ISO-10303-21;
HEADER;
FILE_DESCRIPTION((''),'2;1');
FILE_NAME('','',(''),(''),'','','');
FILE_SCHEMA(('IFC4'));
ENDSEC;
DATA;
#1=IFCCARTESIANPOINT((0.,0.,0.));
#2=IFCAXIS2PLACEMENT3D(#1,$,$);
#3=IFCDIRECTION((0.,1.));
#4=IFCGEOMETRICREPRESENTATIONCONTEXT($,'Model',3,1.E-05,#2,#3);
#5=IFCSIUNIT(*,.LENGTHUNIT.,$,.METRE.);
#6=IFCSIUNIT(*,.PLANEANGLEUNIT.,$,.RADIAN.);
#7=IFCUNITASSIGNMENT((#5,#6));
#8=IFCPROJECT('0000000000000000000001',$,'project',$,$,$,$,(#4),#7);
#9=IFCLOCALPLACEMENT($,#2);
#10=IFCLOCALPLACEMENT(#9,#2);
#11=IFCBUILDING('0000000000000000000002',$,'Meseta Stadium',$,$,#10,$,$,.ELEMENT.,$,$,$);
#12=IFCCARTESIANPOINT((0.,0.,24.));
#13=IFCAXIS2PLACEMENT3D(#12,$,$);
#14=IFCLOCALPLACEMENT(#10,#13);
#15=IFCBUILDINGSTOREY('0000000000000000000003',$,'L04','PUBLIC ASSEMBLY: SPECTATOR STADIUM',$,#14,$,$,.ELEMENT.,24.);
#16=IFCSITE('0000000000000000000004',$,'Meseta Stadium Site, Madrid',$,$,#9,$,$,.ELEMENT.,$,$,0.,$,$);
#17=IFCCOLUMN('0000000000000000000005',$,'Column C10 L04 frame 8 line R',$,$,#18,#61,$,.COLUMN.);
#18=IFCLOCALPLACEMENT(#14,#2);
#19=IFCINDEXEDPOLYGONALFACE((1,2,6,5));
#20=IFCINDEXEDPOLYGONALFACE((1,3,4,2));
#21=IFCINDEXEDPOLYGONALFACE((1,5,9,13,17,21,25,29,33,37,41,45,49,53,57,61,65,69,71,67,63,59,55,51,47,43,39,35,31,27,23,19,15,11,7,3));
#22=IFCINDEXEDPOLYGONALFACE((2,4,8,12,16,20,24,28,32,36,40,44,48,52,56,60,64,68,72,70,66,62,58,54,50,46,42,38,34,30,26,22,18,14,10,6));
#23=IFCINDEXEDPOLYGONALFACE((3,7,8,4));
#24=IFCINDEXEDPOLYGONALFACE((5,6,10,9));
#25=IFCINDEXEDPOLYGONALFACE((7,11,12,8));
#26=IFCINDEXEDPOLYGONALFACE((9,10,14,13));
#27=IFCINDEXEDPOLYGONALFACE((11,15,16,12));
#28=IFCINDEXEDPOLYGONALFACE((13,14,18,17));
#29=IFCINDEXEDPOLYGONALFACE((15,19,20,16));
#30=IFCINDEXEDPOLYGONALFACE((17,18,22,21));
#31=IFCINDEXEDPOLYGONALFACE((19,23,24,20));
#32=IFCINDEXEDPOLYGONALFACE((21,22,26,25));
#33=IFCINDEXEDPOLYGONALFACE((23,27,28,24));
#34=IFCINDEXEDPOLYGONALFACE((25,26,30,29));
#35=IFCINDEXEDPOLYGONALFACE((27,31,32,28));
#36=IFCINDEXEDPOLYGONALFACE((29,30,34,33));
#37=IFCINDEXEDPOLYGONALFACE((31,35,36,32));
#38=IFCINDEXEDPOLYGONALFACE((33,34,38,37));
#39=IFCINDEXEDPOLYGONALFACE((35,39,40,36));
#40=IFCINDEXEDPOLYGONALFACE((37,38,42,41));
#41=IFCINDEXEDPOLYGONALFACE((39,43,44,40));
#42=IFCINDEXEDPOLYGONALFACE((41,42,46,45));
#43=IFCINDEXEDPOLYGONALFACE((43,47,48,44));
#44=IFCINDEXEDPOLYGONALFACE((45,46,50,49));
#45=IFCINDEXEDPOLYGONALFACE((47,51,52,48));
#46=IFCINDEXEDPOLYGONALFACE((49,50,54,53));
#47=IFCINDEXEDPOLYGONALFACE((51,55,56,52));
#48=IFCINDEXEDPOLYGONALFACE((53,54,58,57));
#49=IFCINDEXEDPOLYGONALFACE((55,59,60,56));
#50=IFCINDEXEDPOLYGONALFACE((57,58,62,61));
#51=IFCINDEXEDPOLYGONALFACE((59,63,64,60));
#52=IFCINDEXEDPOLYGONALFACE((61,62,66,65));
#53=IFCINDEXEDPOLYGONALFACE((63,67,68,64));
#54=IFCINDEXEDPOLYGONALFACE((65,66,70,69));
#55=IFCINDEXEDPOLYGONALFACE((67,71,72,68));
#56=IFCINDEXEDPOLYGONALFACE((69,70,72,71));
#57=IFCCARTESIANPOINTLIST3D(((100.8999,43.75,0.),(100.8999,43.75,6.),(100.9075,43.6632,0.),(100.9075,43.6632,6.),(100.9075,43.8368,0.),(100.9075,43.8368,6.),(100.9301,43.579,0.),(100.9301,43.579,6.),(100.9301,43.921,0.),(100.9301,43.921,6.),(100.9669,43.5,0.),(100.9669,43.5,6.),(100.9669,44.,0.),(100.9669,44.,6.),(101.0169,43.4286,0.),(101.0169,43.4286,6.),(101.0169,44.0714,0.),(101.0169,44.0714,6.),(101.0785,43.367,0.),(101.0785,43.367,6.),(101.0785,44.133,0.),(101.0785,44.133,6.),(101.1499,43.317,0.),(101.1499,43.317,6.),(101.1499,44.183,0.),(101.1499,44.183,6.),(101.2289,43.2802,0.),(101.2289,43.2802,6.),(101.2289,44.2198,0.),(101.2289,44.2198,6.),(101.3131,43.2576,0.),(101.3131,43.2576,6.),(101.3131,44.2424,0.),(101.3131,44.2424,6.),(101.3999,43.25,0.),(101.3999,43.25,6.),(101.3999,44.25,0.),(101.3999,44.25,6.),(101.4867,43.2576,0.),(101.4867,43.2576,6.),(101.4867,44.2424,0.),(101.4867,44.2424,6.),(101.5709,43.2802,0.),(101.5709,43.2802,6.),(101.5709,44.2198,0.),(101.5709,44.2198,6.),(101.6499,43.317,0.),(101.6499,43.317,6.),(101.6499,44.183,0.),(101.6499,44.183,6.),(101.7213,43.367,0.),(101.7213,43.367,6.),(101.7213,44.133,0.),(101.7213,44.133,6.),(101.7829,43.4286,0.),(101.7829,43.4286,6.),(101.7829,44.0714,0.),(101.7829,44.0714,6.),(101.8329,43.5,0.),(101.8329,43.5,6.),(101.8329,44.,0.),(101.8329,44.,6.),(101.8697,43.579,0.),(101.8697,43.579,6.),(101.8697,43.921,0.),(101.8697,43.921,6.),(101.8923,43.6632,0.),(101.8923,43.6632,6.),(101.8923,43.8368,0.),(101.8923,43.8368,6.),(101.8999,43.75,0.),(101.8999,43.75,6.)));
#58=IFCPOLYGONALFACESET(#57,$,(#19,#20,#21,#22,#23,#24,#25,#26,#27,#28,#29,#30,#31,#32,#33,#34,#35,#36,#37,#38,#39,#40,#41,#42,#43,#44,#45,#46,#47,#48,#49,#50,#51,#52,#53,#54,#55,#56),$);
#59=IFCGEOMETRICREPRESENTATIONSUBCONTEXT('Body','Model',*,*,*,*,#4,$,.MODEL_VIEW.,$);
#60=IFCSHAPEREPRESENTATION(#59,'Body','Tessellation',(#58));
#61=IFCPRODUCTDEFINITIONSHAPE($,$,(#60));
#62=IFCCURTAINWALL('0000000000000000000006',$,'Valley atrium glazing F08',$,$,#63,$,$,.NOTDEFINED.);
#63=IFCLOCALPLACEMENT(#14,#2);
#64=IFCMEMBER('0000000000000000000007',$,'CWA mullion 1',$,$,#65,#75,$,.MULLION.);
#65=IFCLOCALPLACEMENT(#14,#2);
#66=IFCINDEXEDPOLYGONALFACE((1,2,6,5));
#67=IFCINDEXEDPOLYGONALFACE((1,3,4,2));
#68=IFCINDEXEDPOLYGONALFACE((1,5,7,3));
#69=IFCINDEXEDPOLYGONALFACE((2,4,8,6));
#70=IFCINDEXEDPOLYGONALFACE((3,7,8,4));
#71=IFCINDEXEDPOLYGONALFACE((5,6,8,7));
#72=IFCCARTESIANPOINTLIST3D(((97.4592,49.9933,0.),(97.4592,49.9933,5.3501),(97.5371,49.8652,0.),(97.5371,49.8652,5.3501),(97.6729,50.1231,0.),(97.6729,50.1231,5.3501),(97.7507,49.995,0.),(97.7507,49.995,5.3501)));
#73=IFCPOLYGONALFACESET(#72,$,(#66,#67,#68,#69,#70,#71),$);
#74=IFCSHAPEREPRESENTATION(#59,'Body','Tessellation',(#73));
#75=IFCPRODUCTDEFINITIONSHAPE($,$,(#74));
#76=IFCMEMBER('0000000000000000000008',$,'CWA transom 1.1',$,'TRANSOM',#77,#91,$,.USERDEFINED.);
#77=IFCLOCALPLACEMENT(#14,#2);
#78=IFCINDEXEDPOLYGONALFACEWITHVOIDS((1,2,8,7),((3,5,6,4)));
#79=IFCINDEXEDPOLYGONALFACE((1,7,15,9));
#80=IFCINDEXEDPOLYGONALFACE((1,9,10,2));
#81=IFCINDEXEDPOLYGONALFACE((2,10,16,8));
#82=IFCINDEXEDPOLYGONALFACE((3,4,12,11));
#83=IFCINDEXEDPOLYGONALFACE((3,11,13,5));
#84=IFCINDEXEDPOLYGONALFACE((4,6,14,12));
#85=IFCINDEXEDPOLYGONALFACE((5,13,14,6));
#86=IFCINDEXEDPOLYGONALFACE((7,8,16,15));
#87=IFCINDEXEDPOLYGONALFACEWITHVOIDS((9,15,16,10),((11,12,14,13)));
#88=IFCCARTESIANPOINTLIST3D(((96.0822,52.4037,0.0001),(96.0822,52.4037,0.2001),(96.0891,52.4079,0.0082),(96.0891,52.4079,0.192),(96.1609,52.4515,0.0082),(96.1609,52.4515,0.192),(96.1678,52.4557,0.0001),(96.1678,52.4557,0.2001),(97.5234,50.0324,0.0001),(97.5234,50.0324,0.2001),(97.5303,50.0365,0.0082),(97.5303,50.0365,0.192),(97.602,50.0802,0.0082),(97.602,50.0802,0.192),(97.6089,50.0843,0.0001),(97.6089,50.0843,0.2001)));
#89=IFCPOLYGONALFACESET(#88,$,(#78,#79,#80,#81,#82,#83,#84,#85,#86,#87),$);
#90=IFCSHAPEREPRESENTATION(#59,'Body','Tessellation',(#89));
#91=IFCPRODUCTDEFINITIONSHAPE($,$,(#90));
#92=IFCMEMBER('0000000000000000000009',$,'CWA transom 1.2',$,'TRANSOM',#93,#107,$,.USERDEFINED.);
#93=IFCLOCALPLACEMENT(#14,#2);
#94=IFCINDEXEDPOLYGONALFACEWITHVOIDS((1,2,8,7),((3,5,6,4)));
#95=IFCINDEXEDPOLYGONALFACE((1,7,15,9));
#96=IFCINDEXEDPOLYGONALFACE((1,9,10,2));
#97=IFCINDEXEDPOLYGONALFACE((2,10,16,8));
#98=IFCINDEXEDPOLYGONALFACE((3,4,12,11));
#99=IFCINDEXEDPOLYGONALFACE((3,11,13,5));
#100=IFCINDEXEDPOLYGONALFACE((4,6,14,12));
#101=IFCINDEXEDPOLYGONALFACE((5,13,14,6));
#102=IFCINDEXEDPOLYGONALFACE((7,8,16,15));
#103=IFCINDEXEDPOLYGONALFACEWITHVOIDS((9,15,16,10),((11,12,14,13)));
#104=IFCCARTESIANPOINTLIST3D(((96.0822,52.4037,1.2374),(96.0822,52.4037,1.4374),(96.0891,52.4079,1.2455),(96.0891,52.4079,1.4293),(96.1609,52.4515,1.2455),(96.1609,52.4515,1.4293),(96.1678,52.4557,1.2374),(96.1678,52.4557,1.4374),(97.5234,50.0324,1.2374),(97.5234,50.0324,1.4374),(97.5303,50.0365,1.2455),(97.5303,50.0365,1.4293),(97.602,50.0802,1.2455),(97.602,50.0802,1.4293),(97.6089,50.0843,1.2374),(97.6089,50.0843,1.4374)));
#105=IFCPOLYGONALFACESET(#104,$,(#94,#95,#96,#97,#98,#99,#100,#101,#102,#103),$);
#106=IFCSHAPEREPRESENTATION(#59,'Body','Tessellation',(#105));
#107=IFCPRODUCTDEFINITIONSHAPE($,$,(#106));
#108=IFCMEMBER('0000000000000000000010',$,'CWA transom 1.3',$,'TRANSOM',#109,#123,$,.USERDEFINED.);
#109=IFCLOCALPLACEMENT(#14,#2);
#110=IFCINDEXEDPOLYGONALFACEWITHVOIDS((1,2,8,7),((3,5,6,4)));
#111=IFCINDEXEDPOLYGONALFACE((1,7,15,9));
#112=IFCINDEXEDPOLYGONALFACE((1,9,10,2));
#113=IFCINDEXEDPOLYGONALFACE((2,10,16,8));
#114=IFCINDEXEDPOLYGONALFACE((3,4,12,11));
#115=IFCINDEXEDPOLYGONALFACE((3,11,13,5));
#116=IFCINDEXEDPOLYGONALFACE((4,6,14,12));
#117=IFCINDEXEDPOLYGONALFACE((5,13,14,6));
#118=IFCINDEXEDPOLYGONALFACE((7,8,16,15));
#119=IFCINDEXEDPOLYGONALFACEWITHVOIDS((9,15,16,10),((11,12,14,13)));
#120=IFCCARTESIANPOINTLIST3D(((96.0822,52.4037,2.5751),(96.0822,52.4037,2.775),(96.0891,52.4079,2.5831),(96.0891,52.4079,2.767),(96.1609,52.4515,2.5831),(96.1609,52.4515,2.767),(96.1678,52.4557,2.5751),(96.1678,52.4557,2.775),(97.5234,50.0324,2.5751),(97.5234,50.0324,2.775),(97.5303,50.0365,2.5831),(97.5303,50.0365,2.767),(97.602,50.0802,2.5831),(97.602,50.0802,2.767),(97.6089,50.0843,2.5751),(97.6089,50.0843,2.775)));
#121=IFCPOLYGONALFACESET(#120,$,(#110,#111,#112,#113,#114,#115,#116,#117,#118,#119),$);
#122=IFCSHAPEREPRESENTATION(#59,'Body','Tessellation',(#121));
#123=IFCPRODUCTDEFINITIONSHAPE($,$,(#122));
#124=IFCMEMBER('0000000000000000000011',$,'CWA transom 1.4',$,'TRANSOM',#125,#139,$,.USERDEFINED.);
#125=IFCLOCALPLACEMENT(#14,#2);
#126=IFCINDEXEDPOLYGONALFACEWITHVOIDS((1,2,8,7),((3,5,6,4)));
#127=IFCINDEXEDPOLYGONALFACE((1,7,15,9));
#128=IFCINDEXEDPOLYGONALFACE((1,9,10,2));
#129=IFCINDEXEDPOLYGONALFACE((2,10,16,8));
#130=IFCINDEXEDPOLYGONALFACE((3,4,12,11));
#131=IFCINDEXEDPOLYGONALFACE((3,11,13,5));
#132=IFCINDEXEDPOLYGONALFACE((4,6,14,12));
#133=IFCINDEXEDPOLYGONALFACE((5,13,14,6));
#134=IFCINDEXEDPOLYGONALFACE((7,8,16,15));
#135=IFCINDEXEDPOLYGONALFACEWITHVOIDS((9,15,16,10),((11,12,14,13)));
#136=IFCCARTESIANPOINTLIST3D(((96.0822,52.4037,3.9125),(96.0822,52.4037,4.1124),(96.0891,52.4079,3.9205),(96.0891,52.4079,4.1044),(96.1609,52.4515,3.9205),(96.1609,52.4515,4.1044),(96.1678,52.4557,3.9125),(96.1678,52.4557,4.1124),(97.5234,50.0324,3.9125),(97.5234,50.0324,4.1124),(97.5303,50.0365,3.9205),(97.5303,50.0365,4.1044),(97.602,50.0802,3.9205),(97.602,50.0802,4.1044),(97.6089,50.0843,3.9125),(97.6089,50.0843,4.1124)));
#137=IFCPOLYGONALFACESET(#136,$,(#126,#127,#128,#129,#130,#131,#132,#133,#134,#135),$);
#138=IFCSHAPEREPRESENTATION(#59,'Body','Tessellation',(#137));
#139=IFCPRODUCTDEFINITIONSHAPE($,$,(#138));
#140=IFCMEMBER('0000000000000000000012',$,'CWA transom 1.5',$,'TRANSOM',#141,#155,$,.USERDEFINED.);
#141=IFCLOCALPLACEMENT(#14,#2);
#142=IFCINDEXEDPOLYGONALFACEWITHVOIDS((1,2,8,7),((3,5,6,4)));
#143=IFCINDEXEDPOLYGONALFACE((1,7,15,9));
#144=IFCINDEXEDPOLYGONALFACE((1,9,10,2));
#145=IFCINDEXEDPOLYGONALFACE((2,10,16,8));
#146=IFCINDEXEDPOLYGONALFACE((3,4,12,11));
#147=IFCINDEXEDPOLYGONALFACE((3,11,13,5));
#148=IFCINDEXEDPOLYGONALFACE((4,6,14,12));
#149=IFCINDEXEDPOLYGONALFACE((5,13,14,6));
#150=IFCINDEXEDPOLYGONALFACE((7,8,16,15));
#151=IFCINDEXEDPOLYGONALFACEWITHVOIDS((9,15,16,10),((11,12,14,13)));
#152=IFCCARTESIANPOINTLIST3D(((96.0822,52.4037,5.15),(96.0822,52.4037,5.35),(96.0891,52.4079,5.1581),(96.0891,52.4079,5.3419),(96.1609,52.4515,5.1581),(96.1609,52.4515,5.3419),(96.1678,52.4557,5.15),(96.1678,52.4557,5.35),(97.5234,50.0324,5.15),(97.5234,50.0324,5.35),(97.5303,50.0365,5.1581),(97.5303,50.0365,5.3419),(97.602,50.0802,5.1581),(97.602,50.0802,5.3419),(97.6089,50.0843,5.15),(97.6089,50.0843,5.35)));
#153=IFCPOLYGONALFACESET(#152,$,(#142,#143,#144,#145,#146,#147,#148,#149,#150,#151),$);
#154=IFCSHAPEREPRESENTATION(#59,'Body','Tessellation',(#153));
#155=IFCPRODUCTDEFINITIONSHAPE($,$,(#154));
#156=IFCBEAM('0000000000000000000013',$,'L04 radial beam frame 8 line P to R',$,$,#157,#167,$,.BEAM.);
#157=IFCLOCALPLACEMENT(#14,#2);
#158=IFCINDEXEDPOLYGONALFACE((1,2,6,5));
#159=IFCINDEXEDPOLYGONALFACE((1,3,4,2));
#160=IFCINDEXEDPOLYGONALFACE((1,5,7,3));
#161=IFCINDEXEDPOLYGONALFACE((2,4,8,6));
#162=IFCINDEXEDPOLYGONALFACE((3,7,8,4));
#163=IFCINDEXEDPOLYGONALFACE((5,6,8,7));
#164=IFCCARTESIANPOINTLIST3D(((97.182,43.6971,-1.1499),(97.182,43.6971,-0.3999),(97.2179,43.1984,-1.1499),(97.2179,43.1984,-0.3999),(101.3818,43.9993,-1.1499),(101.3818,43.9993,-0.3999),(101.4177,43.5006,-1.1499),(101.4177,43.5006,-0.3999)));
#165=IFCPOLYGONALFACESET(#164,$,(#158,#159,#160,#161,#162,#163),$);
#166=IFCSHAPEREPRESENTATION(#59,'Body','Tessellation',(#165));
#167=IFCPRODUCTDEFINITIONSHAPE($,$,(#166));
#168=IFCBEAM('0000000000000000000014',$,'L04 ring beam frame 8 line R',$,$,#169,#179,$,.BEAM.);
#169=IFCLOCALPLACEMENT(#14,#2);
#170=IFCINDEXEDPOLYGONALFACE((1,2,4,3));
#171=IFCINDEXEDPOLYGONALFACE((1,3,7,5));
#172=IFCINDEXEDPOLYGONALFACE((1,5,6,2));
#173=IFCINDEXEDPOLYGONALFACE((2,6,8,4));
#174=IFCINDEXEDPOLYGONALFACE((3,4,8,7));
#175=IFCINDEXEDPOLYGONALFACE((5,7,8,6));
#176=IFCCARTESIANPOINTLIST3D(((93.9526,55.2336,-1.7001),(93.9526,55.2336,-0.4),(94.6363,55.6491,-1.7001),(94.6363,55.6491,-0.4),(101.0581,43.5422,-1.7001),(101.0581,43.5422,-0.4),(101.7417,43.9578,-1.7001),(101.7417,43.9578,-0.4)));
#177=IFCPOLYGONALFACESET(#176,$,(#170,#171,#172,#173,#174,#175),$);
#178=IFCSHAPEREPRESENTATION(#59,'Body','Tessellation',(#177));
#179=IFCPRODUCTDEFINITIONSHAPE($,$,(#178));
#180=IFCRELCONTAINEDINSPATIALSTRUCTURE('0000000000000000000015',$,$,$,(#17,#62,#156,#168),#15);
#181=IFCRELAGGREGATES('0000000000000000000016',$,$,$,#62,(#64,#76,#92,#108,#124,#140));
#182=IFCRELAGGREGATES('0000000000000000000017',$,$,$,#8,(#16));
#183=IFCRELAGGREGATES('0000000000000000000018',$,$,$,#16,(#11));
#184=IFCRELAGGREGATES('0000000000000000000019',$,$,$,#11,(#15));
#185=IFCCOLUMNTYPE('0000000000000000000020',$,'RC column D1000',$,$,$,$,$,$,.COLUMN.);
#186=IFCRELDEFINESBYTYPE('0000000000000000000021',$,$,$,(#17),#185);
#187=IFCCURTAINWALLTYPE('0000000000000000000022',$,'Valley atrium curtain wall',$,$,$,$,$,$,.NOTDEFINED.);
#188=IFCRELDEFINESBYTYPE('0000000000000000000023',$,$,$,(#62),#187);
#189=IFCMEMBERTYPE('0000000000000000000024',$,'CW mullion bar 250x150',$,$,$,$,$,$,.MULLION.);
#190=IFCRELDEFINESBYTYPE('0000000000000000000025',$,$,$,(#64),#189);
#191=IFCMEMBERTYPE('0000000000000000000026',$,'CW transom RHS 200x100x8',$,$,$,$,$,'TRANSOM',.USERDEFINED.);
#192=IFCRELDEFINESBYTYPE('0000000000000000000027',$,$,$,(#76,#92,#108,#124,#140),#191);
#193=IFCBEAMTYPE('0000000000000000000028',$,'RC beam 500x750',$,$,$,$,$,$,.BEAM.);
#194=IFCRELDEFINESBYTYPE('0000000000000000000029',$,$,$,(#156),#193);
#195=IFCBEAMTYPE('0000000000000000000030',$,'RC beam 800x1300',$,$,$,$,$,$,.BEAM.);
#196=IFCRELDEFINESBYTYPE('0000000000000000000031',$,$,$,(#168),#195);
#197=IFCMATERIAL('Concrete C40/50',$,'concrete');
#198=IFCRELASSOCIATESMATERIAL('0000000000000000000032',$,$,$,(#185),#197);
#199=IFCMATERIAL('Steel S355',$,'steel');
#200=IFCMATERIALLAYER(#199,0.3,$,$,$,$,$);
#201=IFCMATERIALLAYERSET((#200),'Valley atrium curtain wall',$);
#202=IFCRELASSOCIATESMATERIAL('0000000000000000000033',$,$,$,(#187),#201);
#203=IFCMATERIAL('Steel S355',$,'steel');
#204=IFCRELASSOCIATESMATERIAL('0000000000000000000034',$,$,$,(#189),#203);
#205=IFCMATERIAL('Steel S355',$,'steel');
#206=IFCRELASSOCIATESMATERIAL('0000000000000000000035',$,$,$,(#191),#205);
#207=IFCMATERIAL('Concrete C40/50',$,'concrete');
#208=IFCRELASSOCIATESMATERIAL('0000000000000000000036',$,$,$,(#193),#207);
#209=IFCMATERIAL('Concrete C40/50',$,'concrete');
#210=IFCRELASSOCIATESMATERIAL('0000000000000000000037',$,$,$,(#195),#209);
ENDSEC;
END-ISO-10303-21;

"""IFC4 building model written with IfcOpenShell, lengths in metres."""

from ifc_helpers import new_model, si_unit, direction, frame, origin, origin_2d, place, context, subcontext, project, spatial, rectangle, hollow_rectangle, circle, extrude, material, layer, layer_set, material_profile, profile_set, type_object, element, aggregate, save


model = new_model("IFC4")

# Units and contexts
model_context = context("Model", 3, precision=1e-05, world=origin(), true_north=direction((0.0, 1.0)))
body_context = subcontext(model_context, "Body", "Model", "MODEL_VIEW")
ifc_project = project(units=[si_unit("LENGTHUNIT", "METRE"), si_unit("PLANEANGLEUNIT", "RADIAN")], contexts=[model_context])

# Site, building, storey
site_placement = place(None, origin())
site = spatial("IfcSite", under=ifc_project, at=site_placement, Name="Meseta Stadium Site, Madrid", CompositionType="ELEMENT", RefElevation=0.0)
building_placement = place(site_placement, origin())
building = spatial("IfcBuilding", under=site, at=building_placement, Name="Meseta Stadium", CompositionType="ELEMENT")
storey_placement = place(building_placement, frame((0.0, 0.0, 24.0)))
storey = spatial("IfcBuildingStorey", under=building, at=storey_placement, Name="L04", Description="PUBLIC ASSEMBLY: SPECTATOR STADIUM", CompositionType="ELEMENT", Elevation=24.0)

# Column
ifc_material_1 = material(Name="Concrete C40/50", Category="concrete")
ifc_material_profile_1 = material_profile(ifc_material_1, circle(Radius=0.5, at=origin_2d()), Name="RC D1000")
ifc_profile_set_1 = profile_set([ifc_material_profile_1], Name="Concrete C40/50")
column_type = type_object("IfcColumnType", Name="RC column D1000", PredefinedType="COLUMN", material=ifc_profile_set_1)
column_placement = place(storey_placement, frame((101.3999, 43.75, 0.0), z_axis=(0.0, 0.0, 1.0), x_axis=(1.0, 0.0, 0.0)))
element("IfcColumn", 1, at=column_placement, inside=storey, type_object=column_type, Name="Column C10 L04 frame 8 line R", PredefinedType="COLUMN", context=body_context, shape_type="SweptSolid", body=[
    extrude(circle(Radius=0.5, at=origin_2d()), origin(), (0.0, 0.0, 1.0), 6.0),
])

# Curtain wall, members
ifc_material_2 = material(Name="Steel S355", Category="steel")
ifc_layer_1 = layer(ifc_material_2, 0.3)
ifc_layer_set_1 = layer_set([ifc_layer_1], Name="Valley atrium curtain wall")
curtain_wall_type = type_object("IfcCurtainWallType", Name="Valley atrium curtain wall", PredefinedType="NOTDEFINED", material=ifc_layer_set_1)
curtain_wall_placement = place(storey_placement, origin())
curtain_wall = element("IfcCurtainWall", 2, at=curtain_wall_placement, inside=storey, type_object=curtain_wall_type, Name="Valley atrium glazing F08", PredefinedType="NOTDEFINED")
ifc_material_3 = material(Name="Steel S355", Category="steel")
ifc_material_profile_2 = material_profile(ifc_material_3, rectangle(XDim=0.25, YDim=0.1499, at=origin_2d()), Name="CW 250x150")
ifc_profile_set_2 = profile_set([ifc_material_profile_2], Name="Steel S355")
member_type_1 = type_object("IfcMemberType", Name="CW mullion bar 250x150", PredefinedType="MULLION", material=ifc_profile_set_2)
member_1_placement = place(storey_placement, frame((97.605, 49.9941, 0.0), z_axis=(0.0, 0.0, 1.0), x_axis=(-0.854554, -0.519362, 0.0)))
member_1 = element("IfcMember", 3, at=member_1_placement, type_object=member_type_1, Name="CWA mullion 1", PredefinedType="MULLION", context=body_context, shape_type="SweptSolid", body=[
    extrude(rectangle(XDim=0.25, YDim=0.1499, at=origin_2d()), origin(), (0.0, 0.0, 1.0), 5.3501),
])
ifc_material_4 = material(Name="Steel S355", Category="steel")
ifc_material_profile_3 = material_profile(ifc_material_4, hollow_rectangle(XDim=0.1001, YDim=0.2, WallThickness=0.0081, at=origin_2d()), Name="RHS 200x100x8")
ifc_profile_set_3 = profile_set([ifc_material_profile_3], Name="Steel S355")
member_type_2 = type_object("IfcMemberType", Name="CW transom RHS 200x100x8", ElementType="TRANSOM", PredefinedType="USERDEFINED", material=ifc_profile_set_3)
member_2_placement = place(storey_placement, frame((97.5662, 50.0583, 0.1001), z_axis=(-0.519352, 0.85456, 0.0), x_axis=(-0.85456, -0.519352, 0.0)))
member_2 = element("IfcMember", 4, at=member_2_placement, type_object=member_type_2, Name="CWA transom 1.1", ObjectType="TRANSOM", PredefinedType="USERDEFINED", context=body_context, shape_type="SweptSolid", body=[
    extrude(hollow_rectangle(XDim=0.1001, YDim=0.2, WallThickness=0.0081, at=origin_2d()), origin(), (0.0, 0.0, 1.0), 2.7749),
])
member_3_placement = place(storey_placement, frame((97.5662, 50.0583, 1.3374), z_axis=(-0.519352, 0.85456, 0.0), x_axis=(-0.85456, -0.519352, 0.0)))
member_3 = element("IfcMember", 5, at=member_3_placement, type_object=member_type_2, Name="CWA transom 1.2", ObjectType="TRANSOM", PredefinedType="USERDEFINED", context=body_context, shape_type="SweptSolid", body=[
    extrude(hollow_rectangle(XDim=0.1001, YDim=0.2, WallThickness=0.0081, at=origin_2d()), origin(), (0.0, 0.0, 1.0), 2.7749),
])
member_4_placement = place(storey_placement, frame((97.5662, 50.0583, 2.675), z_axis=(-0.519352, 0.85456, 0.0), x_axis=(-0.85456, -0.519352, 0.0)))
member_4 = element("IfcMember", 6, at=member_4_placement, type_object=member_type_2, Name="CWA transom 1.3", ObjectType="TRANSOM", PredefinedType="USERDEFINED", context=body_context, shape_type="SweptSolid", body=[
    extrude(hollow_rectangle(XDim=0.1001, YDim=0.2, WallThickness=0.0081, at=origin_2d()), origin(), (0.0, 0.0, 1.0), 2.7749),
])
member_5_placement = place(storey_placement, frame((97.5662, 50.0583, 4.0125), z_axis=(-0.519352, 0.85456, 0.0), x_axis=(-0.85456, -0.519352, 0.0)))
member_5 = element("IfcMember", 7, at=member_5_placement, type_object=member_type_2, Name="CWA transom 1.4", ObjectType="TRANSOM", PredefinedType="USERDEFINED", context=body_context, shape_type="SweptSolid", body=[
    extrude(hollow_rectangle(XDim=0.1001, YDim=0.2, WallThickness=0.0081, at=origin_2d()), origin(), (0.0, 0.0, 1.0), 2.7749),
])
member_6_placement = place(storey_placement, frame((97.5662, 50.0583, 5.25), z_axis=(-0.519352, 0.85456, 0.0), x_axis=(-0.85456, -0.519352, 0.0)))
member_6 = element("IfcMember", 8, at=member_6_placement, type_object=member_type_2, Name="CWA transom 1.5", ObjectType="TRANSOM", PredefinedType="USERDEFINED", context=body_context, shape_type="SweptSolid", body=[
    extrude(hollow_rectangle(XDim=0.1001, YDim=0.2, WallThickness=0.0081, at=origin_2d()), origin(), (0.0, 0.0, 1.0), 2.7749),
])

# Beams
ifc_material_5 = material(Name="Concrete C40/50", Category="concrete")
ifc_material_profile_4 = material_profile(ifc_material_5, rectangle(XDim=0.5, YDim=0.75, at=origin_2d()), Name="RC 500x750")
ifc_profile_set_4 = profile_set([ifc_material_profile_4], Name="Concrete C40/50")
beam_type_1 = type_object("IfcBeamType", Name="RC beam 500x750", PredefinedType="BEAM", material=ifc_profile_set_4)
beam_1_placement = place(storey_placement, frame((97.2, 43.4478, -0.7749), z_axis=(0.997421, 0.071779, 0.0), x_axis=(-0.071779, 0.997421, 0.0)))
element("IfcBeam", 9, at=beam_1_placement, inside=storey, type_object=beam_type_1, Name="L04 radial beam frame 8 line P to R", PredefinedType="BEAM", context=body_context, shape_type="SweptSolid", body=[
    extrude(rectangle(XDim=0.5, YDim=0.75, at=origin_2d()), origin(), (0.0, 0.0, 1.0), 4.2107),
])
ifc_material_6 = material(Name="Concrete C40/50", Category="concrete")
ifc_material_profile_5 = material_profile(ifc_material_6, rectangle(XDim=0.8, YDim=1.3, at=origin_2d()), Name="RC 800x1300")
ifc_profile_set_5 = profile_set([ifc_material_profile_5], Name="Concrete C40/50")
beam_type_2 = type_object("IfcBeamType", Name="RC beam 800x1300", PredefinedType="BEAM", material=ifc_profile_set_5)
beam_2_placement = place(storey_placement, frame((101.3999, 43.75, -1.05), z_axis=(-0.519358, 0.854557, 0.0), x_axis=(-0.854557, -0.519358, 0.0)))
element("IfcBeam", 10, at=beam_2_placement, inside=storey, type_object=beam_type_2, Name="L04 ring beam frame 8 line R", PredefinedType="BEAM", context=body_context, shape_type="SweptSolid", body=[
    extrude(rectangle(XDim=0.8, YDim=1.3, at=origin_2d()), origin(), (0.0, 0.0, 1.0), 13.6812),
])

aggregate(curtain_wall, [member_1, member_2, member_3, member_4, member_5, member_6])

save(model, "model.ifc")
